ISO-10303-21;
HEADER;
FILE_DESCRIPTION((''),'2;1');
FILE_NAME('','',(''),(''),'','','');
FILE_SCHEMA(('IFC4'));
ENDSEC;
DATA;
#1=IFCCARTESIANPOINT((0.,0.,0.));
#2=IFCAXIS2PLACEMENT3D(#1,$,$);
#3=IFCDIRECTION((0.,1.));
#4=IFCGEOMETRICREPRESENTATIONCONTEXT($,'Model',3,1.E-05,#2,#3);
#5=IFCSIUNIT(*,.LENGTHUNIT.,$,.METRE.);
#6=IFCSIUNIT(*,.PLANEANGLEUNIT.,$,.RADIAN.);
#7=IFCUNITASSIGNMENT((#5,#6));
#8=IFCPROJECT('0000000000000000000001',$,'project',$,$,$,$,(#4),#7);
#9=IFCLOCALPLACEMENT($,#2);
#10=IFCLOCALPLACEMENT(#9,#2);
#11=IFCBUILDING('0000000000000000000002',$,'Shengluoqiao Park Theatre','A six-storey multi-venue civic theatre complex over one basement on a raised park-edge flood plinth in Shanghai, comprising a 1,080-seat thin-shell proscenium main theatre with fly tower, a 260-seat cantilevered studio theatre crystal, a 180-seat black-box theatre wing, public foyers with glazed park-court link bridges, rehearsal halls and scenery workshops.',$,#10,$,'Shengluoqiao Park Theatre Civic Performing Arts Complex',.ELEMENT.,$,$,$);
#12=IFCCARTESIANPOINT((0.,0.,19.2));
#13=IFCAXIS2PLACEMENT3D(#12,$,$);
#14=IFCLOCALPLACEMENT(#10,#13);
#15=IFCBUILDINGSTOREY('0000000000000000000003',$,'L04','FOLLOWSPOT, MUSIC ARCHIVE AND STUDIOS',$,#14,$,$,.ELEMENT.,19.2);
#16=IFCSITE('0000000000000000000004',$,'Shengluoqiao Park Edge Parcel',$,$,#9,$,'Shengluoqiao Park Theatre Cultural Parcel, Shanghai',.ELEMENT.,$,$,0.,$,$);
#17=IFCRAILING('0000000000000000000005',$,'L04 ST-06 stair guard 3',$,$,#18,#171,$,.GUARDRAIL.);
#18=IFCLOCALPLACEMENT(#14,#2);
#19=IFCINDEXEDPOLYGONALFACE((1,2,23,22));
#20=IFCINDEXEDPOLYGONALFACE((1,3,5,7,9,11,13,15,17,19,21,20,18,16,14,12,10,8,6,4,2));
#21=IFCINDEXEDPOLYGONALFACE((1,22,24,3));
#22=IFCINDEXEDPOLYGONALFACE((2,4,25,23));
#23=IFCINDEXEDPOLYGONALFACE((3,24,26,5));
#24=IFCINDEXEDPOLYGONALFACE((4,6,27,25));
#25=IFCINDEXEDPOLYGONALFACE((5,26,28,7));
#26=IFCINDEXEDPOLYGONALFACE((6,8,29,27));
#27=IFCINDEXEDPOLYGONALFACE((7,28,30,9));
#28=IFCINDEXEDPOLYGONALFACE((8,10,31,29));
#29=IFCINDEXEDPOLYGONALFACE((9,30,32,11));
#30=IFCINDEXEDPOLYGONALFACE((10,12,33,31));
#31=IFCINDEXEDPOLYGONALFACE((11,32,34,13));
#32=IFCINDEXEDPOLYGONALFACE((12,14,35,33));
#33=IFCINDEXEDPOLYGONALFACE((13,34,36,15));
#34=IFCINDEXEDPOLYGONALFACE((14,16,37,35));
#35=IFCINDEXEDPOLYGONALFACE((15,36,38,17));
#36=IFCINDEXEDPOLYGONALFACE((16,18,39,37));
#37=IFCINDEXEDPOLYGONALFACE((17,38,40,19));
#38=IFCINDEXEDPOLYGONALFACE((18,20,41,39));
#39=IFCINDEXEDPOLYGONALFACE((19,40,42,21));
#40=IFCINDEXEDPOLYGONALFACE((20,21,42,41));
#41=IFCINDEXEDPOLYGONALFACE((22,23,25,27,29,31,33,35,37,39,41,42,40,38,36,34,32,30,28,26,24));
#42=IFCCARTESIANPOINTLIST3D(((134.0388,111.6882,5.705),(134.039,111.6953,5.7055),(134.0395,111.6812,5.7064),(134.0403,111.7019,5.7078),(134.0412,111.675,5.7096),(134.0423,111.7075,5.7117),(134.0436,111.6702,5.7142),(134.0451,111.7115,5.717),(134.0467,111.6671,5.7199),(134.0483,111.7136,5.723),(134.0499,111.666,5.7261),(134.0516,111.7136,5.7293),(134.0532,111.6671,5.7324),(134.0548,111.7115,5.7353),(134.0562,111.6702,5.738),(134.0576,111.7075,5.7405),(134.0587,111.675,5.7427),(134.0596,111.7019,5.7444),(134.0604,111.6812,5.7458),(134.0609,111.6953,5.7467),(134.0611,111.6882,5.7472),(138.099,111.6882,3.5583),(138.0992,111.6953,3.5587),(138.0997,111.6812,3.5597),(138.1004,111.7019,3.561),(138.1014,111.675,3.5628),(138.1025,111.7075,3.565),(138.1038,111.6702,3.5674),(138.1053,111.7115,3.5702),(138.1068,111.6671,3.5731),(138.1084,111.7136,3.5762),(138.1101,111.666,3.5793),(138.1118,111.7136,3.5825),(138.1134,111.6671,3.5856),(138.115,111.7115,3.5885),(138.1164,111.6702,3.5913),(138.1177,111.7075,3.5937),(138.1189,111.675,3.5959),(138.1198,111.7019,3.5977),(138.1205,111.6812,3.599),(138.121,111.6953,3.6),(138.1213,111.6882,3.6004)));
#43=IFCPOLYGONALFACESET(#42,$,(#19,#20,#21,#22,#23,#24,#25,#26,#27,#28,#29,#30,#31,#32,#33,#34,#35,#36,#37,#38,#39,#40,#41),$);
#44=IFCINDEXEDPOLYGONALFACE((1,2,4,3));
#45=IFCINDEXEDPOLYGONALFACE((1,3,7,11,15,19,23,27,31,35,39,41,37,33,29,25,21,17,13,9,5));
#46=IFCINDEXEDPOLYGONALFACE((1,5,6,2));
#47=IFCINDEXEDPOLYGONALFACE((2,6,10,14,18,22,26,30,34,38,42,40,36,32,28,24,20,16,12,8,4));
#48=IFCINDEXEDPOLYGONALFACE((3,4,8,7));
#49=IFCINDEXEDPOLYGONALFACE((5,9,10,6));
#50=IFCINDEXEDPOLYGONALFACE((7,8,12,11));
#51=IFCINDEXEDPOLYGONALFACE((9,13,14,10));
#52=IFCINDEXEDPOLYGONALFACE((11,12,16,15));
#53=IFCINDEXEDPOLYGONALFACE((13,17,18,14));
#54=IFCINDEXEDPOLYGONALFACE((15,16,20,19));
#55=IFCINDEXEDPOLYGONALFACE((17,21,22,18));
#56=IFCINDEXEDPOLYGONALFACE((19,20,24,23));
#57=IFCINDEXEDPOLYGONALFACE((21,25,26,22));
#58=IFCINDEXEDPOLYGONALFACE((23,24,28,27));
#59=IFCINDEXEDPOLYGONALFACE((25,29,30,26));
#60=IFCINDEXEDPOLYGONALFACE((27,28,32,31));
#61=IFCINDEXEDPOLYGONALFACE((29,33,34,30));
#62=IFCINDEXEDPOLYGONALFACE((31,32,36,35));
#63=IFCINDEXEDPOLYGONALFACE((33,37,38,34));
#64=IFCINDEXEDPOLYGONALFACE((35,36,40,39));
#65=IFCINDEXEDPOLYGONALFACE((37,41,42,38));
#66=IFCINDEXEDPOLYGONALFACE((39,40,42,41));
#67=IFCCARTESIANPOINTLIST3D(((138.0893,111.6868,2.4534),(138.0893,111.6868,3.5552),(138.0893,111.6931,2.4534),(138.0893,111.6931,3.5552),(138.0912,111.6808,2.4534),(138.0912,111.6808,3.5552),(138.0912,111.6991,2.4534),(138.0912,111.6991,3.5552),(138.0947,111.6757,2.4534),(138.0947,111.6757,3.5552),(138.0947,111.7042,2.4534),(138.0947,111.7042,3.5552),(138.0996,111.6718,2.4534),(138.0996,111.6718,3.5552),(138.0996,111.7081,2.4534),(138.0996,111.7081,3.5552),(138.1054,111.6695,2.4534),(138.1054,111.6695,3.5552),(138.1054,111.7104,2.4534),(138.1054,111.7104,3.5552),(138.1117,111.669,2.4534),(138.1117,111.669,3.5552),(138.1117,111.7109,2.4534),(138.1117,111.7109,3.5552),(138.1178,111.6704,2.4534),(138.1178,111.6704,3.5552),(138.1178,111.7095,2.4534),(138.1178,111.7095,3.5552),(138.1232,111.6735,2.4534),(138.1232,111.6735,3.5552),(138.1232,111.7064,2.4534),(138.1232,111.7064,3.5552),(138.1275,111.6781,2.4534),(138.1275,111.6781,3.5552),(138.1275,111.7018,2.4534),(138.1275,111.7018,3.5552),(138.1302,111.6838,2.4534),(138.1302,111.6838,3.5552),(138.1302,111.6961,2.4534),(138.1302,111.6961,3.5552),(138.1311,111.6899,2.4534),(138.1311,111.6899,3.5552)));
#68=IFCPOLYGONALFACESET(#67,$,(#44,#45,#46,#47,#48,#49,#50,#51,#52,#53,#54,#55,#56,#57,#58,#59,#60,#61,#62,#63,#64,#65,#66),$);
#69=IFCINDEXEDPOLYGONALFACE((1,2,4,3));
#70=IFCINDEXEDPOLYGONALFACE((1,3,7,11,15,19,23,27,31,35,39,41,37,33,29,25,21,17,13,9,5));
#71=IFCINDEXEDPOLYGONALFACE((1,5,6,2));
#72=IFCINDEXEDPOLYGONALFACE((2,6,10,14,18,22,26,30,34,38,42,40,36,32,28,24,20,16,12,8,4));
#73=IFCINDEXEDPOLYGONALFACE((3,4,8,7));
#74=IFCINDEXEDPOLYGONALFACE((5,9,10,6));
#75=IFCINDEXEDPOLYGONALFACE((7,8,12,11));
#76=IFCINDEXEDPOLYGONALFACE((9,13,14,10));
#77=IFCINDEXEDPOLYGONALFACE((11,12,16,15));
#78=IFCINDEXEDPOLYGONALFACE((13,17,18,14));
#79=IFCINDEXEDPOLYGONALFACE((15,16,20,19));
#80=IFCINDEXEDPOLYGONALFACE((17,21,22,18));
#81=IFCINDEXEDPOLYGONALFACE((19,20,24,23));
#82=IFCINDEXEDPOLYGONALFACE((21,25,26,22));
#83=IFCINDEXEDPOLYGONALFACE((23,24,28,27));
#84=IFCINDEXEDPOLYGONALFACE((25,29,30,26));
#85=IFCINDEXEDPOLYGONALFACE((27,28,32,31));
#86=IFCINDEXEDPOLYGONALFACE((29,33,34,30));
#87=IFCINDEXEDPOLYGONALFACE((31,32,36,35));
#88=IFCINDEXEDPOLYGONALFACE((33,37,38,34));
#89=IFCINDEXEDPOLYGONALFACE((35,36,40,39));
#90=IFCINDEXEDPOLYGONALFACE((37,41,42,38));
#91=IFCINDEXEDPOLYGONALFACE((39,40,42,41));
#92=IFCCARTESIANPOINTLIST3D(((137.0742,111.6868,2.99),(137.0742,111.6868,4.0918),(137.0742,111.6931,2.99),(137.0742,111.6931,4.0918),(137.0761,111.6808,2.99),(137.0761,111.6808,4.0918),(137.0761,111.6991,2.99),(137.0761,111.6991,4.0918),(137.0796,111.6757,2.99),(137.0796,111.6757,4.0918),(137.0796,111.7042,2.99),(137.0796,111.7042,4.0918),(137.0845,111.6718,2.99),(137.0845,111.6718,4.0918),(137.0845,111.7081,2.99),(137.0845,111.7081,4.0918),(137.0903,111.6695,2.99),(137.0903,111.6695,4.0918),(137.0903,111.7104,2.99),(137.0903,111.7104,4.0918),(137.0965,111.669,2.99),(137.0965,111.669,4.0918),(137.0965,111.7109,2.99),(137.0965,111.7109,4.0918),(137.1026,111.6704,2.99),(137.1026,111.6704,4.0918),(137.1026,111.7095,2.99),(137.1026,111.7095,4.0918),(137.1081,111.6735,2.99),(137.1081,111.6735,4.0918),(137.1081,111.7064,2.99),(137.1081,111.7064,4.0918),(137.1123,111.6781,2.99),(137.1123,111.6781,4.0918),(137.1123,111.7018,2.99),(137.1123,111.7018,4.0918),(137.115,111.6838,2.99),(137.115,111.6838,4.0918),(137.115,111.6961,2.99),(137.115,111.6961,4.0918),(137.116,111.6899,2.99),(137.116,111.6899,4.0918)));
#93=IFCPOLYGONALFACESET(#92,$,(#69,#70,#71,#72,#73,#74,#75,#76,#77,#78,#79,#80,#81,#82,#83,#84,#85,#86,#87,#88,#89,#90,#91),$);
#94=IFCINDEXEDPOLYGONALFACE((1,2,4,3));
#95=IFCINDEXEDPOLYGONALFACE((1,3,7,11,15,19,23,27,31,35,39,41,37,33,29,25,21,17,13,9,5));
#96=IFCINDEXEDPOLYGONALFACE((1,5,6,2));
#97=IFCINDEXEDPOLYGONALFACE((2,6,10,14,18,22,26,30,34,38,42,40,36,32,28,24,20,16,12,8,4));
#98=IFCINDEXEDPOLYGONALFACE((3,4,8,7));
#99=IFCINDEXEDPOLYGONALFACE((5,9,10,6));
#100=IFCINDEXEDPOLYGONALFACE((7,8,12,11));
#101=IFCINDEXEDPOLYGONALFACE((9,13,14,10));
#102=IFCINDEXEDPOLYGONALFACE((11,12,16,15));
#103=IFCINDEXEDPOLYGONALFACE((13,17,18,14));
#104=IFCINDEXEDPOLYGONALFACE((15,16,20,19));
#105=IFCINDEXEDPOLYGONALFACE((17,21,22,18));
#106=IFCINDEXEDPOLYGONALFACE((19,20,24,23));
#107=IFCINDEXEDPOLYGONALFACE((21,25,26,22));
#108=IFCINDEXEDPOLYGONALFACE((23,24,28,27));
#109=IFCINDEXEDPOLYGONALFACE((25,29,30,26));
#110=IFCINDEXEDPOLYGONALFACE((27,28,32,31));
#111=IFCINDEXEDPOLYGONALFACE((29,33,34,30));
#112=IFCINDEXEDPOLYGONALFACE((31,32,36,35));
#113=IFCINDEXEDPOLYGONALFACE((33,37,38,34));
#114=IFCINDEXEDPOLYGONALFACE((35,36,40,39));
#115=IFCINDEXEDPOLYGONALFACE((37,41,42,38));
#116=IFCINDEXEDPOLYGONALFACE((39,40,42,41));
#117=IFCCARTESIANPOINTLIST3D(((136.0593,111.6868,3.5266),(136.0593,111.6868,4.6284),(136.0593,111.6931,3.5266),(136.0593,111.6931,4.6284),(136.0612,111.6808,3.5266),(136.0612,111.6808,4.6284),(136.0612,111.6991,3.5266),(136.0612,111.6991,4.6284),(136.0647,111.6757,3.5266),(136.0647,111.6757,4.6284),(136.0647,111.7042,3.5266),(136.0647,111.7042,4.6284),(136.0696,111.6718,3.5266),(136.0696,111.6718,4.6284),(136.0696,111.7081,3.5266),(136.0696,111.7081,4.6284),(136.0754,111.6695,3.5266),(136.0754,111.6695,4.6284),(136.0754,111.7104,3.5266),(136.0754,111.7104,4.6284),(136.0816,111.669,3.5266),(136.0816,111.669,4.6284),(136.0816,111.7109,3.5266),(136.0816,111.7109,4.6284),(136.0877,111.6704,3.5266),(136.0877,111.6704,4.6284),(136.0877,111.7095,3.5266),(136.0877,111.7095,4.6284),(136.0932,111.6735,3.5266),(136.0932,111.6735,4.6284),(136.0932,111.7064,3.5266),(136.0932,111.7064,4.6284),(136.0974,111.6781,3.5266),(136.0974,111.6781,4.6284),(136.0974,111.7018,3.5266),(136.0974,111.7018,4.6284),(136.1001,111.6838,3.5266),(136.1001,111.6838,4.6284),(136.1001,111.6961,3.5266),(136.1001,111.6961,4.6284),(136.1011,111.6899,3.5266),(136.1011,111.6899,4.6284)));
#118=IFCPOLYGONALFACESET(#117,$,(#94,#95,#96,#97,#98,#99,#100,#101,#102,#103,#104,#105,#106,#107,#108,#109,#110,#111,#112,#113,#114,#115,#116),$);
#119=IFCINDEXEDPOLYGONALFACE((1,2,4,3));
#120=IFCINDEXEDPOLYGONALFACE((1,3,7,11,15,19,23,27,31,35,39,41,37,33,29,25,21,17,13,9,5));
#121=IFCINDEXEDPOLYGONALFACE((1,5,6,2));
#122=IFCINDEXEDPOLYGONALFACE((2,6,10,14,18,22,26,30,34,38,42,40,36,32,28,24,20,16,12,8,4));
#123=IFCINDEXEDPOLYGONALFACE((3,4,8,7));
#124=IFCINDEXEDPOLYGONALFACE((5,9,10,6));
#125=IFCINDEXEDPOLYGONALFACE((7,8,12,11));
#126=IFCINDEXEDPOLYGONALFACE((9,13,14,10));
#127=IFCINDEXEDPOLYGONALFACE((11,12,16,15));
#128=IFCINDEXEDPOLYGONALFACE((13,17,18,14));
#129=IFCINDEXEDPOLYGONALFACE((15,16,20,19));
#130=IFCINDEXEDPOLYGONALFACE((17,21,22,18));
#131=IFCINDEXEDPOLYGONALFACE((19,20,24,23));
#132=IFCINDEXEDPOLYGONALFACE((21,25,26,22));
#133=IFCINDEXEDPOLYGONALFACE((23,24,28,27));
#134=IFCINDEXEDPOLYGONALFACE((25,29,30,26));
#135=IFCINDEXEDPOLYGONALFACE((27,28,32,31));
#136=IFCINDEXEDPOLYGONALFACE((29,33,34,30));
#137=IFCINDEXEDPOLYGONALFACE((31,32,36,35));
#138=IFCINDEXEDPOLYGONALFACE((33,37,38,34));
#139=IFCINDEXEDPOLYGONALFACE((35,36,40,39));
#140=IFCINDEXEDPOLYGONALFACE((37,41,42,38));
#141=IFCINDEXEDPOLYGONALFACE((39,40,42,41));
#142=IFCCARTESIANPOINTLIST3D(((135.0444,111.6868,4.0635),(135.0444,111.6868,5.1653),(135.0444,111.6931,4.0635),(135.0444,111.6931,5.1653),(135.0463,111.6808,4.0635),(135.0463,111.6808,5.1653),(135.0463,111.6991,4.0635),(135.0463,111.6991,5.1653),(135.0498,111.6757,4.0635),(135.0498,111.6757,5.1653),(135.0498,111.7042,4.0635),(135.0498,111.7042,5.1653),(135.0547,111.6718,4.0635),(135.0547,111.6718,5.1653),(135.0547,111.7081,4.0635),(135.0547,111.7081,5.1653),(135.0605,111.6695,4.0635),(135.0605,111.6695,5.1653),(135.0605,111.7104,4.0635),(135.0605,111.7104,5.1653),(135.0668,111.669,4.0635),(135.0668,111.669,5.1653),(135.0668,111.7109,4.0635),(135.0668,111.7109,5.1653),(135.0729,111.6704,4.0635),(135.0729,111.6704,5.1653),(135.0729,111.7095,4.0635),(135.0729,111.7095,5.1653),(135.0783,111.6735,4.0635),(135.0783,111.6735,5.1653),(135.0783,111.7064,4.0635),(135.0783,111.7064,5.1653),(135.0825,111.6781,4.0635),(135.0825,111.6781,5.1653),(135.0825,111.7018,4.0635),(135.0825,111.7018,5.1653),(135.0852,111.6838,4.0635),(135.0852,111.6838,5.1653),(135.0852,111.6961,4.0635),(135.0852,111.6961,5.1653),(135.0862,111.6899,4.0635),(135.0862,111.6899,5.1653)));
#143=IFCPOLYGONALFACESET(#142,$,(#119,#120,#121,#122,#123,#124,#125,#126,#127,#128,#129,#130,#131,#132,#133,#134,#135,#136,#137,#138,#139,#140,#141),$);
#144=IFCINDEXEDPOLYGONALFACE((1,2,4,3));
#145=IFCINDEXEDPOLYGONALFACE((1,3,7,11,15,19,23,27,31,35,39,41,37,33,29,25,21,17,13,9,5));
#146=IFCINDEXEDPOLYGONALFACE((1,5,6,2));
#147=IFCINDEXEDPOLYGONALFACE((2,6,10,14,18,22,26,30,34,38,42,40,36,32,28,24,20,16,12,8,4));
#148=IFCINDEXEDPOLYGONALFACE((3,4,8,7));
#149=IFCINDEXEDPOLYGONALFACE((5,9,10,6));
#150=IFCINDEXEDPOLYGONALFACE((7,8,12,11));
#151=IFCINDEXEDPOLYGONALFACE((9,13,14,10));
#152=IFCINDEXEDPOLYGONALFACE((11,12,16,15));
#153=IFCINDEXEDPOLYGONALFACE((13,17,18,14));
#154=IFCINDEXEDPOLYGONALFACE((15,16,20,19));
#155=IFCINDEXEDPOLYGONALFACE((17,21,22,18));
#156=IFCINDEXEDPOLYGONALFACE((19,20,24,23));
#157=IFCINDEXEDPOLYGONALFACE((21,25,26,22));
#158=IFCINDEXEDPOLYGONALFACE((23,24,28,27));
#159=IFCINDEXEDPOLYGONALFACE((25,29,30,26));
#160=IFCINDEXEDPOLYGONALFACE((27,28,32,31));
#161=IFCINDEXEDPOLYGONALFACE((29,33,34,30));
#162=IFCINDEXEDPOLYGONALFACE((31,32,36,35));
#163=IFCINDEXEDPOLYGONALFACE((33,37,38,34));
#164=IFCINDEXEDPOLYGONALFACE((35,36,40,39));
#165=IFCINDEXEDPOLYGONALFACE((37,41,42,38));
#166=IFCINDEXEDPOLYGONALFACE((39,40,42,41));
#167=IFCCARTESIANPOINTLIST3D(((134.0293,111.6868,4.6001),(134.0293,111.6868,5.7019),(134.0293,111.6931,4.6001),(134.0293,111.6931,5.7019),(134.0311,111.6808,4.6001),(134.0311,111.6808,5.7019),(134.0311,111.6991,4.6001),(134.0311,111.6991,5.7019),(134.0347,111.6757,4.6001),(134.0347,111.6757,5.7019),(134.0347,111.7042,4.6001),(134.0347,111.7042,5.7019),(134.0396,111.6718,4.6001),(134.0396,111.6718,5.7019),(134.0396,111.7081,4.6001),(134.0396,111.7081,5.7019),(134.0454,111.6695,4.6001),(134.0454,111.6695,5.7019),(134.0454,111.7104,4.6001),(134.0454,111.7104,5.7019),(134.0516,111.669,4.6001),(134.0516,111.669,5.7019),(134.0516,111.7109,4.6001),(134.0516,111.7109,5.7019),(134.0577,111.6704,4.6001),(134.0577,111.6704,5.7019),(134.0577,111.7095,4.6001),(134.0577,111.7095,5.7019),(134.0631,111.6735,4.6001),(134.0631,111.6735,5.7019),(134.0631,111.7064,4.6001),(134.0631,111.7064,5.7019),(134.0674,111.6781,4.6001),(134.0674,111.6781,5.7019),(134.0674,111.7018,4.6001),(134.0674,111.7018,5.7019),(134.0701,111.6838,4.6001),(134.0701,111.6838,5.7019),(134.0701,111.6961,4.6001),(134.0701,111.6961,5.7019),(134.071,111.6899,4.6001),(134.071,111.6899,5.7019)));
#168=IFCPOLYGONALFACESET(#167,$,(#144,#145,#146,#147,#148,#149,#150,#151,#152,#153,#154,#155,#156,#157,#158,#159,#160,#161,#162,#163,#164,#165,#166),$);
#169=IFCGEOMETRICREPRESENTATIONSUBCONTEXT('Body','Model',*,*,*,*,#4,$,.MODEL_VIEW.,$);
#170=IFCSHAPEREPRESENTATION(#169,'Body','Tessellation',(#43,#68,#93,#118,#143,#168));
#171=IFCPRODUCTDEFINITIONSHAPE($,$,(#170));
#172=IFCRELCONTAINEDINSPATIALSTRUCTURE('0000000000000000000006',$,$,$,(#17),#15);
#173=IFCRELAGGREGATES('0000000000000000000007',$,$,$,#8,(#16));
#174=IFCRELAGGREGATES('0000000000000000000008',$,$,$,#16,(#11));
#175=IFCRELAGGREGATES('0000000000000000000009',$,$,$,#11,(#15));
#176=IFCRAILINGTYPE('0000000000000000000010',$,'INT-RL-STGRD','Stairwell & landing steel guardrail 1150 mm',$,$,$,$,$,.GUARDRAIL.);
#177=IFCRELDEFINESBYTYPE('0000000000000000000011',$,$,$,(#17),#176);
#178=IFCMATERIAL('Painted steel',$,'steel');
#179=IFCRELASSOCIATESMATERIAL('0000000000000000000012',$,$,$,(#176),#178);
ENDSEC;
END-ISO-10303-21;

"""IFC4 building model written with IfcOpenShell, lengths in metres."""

from ifc_helpers import new_model, si_unit, direction, frame, origin, origin_2d, place, context, subcontext, project, spatial, circle, extrude, material, type_object, element, save


model = new_model("IFC4")

# Units and contexts
model_context = context("Model", 3, precision=1e-05, world=origin(), true_north=direction((0.0, 1.0)))
body_context = subcontext(model_context, "Body", "Model", "MODEL_VIEW")
ifc_project = project(units=[si_unit("LENGTHUNIT", "METRE"), si_unit("PLANEANGLEUNIT", "RADIAN")], contexts=[model_context])

# Site, building, storey
site_placement = place(None, origin())
site = spatial("IfcSite", under=ifc_project, at=site_placement, Name="Shengluoqiao Park Edge Parcel", LongName="Shengluoqiao Park Theatre Cultural Parcel, Shanghai", CompositionType="ELEMENT", RefElevation=0.0)
building_placement = place(site_placement, origin())
building = spatial("IfcBuilding", under=site, at=building_placement, Name="Shengluoqiao Park Theatre", Description="A six-storey multi-venue civic theatre complex over one basement on a raised park-edge flood plinth in Shanghai, comprising a 1,080-seat thin-shell proscenium main theatre with fly tower, a 260-seat cantilevered studio theatre crystal, a 180-seat black-box theatre wing, public foyers with glazed park-court link bridges, rehearsal halls and scenery workshops.", LongName="Shengluoqiao Park Theatre Civic Performing Arts Complex", CompositionType="ELEMENT")
storey_placement = place(building_placement, frame((0.0, 0.0, 19.2)))
storey = spatial("IfcBuildingStorey", under=building, at=storey_placement, Name="L04", Description="FOLLOWSPOT, MUSIC ARCHIVE AND STUDIOS", CompositionType="ELEMENT", Elevation=19.2)

# Railing
ifc_material_1 = material(Name="Painted steel", Category="steel")
railing_type_1 = type_object("IfcRailingType", Name="INT-RL-STGRD", Description="Stairwell & landing steel guardrail 1150 mm", PredefinedType="GUARDRAIL", material=ifc_material_1)
railing_1_placement = place(storey_placement, frame((138.1101, 111.6899, 2.4534)))
element("IfcRailing", 1, at=railing_1_placement, inside=storey, type_object=railing_type_1, Name="L04 ST-06 stair guard 3", PredefinedType="GUARDRAIL", context=body_context, shape_type="SweptSolid", body=[
    extrude(circle(Radius=0.0239, at=origin_2d()), frame((0.0, 0.0, 1.126), z_axis=(-0.884032, 0.0, 0.467426), x_axis=(0.0, -1.0, 0.0)), (0.0, 0.0, 1.0), 4.5928),
    extrude(circle(Radius=0.021, at=origin_2d()), origin(), (0.0, 0.0, 1.0), 1.1018),
    extrude(circle(Radius=0.021, at=origin_2d()), frame((-1.0151, 0.0, 0.5366)), (0.0, 0.0, 1.0), 1.1018),
    extrude(circle(Radius=0.021, at=origin_2d()), frame((-2.03, 0.0, 1.0732)), (0.0, 0.0, 1.0), 1.1018),
    extrude(circle(Radius=0.021, at=origin_2d()), frame((-3.0449, 0.0, 1.6101)), (0.0, 0.0, 1.0), 1.1018),
    extrude(circle(Radius=0.021, at=origin_2d()), frame((-4.0601, 0.0, 2.1467)), (0.0, 0.0, 1.0), 1.1018),
])

save(model, "model.ifc")
